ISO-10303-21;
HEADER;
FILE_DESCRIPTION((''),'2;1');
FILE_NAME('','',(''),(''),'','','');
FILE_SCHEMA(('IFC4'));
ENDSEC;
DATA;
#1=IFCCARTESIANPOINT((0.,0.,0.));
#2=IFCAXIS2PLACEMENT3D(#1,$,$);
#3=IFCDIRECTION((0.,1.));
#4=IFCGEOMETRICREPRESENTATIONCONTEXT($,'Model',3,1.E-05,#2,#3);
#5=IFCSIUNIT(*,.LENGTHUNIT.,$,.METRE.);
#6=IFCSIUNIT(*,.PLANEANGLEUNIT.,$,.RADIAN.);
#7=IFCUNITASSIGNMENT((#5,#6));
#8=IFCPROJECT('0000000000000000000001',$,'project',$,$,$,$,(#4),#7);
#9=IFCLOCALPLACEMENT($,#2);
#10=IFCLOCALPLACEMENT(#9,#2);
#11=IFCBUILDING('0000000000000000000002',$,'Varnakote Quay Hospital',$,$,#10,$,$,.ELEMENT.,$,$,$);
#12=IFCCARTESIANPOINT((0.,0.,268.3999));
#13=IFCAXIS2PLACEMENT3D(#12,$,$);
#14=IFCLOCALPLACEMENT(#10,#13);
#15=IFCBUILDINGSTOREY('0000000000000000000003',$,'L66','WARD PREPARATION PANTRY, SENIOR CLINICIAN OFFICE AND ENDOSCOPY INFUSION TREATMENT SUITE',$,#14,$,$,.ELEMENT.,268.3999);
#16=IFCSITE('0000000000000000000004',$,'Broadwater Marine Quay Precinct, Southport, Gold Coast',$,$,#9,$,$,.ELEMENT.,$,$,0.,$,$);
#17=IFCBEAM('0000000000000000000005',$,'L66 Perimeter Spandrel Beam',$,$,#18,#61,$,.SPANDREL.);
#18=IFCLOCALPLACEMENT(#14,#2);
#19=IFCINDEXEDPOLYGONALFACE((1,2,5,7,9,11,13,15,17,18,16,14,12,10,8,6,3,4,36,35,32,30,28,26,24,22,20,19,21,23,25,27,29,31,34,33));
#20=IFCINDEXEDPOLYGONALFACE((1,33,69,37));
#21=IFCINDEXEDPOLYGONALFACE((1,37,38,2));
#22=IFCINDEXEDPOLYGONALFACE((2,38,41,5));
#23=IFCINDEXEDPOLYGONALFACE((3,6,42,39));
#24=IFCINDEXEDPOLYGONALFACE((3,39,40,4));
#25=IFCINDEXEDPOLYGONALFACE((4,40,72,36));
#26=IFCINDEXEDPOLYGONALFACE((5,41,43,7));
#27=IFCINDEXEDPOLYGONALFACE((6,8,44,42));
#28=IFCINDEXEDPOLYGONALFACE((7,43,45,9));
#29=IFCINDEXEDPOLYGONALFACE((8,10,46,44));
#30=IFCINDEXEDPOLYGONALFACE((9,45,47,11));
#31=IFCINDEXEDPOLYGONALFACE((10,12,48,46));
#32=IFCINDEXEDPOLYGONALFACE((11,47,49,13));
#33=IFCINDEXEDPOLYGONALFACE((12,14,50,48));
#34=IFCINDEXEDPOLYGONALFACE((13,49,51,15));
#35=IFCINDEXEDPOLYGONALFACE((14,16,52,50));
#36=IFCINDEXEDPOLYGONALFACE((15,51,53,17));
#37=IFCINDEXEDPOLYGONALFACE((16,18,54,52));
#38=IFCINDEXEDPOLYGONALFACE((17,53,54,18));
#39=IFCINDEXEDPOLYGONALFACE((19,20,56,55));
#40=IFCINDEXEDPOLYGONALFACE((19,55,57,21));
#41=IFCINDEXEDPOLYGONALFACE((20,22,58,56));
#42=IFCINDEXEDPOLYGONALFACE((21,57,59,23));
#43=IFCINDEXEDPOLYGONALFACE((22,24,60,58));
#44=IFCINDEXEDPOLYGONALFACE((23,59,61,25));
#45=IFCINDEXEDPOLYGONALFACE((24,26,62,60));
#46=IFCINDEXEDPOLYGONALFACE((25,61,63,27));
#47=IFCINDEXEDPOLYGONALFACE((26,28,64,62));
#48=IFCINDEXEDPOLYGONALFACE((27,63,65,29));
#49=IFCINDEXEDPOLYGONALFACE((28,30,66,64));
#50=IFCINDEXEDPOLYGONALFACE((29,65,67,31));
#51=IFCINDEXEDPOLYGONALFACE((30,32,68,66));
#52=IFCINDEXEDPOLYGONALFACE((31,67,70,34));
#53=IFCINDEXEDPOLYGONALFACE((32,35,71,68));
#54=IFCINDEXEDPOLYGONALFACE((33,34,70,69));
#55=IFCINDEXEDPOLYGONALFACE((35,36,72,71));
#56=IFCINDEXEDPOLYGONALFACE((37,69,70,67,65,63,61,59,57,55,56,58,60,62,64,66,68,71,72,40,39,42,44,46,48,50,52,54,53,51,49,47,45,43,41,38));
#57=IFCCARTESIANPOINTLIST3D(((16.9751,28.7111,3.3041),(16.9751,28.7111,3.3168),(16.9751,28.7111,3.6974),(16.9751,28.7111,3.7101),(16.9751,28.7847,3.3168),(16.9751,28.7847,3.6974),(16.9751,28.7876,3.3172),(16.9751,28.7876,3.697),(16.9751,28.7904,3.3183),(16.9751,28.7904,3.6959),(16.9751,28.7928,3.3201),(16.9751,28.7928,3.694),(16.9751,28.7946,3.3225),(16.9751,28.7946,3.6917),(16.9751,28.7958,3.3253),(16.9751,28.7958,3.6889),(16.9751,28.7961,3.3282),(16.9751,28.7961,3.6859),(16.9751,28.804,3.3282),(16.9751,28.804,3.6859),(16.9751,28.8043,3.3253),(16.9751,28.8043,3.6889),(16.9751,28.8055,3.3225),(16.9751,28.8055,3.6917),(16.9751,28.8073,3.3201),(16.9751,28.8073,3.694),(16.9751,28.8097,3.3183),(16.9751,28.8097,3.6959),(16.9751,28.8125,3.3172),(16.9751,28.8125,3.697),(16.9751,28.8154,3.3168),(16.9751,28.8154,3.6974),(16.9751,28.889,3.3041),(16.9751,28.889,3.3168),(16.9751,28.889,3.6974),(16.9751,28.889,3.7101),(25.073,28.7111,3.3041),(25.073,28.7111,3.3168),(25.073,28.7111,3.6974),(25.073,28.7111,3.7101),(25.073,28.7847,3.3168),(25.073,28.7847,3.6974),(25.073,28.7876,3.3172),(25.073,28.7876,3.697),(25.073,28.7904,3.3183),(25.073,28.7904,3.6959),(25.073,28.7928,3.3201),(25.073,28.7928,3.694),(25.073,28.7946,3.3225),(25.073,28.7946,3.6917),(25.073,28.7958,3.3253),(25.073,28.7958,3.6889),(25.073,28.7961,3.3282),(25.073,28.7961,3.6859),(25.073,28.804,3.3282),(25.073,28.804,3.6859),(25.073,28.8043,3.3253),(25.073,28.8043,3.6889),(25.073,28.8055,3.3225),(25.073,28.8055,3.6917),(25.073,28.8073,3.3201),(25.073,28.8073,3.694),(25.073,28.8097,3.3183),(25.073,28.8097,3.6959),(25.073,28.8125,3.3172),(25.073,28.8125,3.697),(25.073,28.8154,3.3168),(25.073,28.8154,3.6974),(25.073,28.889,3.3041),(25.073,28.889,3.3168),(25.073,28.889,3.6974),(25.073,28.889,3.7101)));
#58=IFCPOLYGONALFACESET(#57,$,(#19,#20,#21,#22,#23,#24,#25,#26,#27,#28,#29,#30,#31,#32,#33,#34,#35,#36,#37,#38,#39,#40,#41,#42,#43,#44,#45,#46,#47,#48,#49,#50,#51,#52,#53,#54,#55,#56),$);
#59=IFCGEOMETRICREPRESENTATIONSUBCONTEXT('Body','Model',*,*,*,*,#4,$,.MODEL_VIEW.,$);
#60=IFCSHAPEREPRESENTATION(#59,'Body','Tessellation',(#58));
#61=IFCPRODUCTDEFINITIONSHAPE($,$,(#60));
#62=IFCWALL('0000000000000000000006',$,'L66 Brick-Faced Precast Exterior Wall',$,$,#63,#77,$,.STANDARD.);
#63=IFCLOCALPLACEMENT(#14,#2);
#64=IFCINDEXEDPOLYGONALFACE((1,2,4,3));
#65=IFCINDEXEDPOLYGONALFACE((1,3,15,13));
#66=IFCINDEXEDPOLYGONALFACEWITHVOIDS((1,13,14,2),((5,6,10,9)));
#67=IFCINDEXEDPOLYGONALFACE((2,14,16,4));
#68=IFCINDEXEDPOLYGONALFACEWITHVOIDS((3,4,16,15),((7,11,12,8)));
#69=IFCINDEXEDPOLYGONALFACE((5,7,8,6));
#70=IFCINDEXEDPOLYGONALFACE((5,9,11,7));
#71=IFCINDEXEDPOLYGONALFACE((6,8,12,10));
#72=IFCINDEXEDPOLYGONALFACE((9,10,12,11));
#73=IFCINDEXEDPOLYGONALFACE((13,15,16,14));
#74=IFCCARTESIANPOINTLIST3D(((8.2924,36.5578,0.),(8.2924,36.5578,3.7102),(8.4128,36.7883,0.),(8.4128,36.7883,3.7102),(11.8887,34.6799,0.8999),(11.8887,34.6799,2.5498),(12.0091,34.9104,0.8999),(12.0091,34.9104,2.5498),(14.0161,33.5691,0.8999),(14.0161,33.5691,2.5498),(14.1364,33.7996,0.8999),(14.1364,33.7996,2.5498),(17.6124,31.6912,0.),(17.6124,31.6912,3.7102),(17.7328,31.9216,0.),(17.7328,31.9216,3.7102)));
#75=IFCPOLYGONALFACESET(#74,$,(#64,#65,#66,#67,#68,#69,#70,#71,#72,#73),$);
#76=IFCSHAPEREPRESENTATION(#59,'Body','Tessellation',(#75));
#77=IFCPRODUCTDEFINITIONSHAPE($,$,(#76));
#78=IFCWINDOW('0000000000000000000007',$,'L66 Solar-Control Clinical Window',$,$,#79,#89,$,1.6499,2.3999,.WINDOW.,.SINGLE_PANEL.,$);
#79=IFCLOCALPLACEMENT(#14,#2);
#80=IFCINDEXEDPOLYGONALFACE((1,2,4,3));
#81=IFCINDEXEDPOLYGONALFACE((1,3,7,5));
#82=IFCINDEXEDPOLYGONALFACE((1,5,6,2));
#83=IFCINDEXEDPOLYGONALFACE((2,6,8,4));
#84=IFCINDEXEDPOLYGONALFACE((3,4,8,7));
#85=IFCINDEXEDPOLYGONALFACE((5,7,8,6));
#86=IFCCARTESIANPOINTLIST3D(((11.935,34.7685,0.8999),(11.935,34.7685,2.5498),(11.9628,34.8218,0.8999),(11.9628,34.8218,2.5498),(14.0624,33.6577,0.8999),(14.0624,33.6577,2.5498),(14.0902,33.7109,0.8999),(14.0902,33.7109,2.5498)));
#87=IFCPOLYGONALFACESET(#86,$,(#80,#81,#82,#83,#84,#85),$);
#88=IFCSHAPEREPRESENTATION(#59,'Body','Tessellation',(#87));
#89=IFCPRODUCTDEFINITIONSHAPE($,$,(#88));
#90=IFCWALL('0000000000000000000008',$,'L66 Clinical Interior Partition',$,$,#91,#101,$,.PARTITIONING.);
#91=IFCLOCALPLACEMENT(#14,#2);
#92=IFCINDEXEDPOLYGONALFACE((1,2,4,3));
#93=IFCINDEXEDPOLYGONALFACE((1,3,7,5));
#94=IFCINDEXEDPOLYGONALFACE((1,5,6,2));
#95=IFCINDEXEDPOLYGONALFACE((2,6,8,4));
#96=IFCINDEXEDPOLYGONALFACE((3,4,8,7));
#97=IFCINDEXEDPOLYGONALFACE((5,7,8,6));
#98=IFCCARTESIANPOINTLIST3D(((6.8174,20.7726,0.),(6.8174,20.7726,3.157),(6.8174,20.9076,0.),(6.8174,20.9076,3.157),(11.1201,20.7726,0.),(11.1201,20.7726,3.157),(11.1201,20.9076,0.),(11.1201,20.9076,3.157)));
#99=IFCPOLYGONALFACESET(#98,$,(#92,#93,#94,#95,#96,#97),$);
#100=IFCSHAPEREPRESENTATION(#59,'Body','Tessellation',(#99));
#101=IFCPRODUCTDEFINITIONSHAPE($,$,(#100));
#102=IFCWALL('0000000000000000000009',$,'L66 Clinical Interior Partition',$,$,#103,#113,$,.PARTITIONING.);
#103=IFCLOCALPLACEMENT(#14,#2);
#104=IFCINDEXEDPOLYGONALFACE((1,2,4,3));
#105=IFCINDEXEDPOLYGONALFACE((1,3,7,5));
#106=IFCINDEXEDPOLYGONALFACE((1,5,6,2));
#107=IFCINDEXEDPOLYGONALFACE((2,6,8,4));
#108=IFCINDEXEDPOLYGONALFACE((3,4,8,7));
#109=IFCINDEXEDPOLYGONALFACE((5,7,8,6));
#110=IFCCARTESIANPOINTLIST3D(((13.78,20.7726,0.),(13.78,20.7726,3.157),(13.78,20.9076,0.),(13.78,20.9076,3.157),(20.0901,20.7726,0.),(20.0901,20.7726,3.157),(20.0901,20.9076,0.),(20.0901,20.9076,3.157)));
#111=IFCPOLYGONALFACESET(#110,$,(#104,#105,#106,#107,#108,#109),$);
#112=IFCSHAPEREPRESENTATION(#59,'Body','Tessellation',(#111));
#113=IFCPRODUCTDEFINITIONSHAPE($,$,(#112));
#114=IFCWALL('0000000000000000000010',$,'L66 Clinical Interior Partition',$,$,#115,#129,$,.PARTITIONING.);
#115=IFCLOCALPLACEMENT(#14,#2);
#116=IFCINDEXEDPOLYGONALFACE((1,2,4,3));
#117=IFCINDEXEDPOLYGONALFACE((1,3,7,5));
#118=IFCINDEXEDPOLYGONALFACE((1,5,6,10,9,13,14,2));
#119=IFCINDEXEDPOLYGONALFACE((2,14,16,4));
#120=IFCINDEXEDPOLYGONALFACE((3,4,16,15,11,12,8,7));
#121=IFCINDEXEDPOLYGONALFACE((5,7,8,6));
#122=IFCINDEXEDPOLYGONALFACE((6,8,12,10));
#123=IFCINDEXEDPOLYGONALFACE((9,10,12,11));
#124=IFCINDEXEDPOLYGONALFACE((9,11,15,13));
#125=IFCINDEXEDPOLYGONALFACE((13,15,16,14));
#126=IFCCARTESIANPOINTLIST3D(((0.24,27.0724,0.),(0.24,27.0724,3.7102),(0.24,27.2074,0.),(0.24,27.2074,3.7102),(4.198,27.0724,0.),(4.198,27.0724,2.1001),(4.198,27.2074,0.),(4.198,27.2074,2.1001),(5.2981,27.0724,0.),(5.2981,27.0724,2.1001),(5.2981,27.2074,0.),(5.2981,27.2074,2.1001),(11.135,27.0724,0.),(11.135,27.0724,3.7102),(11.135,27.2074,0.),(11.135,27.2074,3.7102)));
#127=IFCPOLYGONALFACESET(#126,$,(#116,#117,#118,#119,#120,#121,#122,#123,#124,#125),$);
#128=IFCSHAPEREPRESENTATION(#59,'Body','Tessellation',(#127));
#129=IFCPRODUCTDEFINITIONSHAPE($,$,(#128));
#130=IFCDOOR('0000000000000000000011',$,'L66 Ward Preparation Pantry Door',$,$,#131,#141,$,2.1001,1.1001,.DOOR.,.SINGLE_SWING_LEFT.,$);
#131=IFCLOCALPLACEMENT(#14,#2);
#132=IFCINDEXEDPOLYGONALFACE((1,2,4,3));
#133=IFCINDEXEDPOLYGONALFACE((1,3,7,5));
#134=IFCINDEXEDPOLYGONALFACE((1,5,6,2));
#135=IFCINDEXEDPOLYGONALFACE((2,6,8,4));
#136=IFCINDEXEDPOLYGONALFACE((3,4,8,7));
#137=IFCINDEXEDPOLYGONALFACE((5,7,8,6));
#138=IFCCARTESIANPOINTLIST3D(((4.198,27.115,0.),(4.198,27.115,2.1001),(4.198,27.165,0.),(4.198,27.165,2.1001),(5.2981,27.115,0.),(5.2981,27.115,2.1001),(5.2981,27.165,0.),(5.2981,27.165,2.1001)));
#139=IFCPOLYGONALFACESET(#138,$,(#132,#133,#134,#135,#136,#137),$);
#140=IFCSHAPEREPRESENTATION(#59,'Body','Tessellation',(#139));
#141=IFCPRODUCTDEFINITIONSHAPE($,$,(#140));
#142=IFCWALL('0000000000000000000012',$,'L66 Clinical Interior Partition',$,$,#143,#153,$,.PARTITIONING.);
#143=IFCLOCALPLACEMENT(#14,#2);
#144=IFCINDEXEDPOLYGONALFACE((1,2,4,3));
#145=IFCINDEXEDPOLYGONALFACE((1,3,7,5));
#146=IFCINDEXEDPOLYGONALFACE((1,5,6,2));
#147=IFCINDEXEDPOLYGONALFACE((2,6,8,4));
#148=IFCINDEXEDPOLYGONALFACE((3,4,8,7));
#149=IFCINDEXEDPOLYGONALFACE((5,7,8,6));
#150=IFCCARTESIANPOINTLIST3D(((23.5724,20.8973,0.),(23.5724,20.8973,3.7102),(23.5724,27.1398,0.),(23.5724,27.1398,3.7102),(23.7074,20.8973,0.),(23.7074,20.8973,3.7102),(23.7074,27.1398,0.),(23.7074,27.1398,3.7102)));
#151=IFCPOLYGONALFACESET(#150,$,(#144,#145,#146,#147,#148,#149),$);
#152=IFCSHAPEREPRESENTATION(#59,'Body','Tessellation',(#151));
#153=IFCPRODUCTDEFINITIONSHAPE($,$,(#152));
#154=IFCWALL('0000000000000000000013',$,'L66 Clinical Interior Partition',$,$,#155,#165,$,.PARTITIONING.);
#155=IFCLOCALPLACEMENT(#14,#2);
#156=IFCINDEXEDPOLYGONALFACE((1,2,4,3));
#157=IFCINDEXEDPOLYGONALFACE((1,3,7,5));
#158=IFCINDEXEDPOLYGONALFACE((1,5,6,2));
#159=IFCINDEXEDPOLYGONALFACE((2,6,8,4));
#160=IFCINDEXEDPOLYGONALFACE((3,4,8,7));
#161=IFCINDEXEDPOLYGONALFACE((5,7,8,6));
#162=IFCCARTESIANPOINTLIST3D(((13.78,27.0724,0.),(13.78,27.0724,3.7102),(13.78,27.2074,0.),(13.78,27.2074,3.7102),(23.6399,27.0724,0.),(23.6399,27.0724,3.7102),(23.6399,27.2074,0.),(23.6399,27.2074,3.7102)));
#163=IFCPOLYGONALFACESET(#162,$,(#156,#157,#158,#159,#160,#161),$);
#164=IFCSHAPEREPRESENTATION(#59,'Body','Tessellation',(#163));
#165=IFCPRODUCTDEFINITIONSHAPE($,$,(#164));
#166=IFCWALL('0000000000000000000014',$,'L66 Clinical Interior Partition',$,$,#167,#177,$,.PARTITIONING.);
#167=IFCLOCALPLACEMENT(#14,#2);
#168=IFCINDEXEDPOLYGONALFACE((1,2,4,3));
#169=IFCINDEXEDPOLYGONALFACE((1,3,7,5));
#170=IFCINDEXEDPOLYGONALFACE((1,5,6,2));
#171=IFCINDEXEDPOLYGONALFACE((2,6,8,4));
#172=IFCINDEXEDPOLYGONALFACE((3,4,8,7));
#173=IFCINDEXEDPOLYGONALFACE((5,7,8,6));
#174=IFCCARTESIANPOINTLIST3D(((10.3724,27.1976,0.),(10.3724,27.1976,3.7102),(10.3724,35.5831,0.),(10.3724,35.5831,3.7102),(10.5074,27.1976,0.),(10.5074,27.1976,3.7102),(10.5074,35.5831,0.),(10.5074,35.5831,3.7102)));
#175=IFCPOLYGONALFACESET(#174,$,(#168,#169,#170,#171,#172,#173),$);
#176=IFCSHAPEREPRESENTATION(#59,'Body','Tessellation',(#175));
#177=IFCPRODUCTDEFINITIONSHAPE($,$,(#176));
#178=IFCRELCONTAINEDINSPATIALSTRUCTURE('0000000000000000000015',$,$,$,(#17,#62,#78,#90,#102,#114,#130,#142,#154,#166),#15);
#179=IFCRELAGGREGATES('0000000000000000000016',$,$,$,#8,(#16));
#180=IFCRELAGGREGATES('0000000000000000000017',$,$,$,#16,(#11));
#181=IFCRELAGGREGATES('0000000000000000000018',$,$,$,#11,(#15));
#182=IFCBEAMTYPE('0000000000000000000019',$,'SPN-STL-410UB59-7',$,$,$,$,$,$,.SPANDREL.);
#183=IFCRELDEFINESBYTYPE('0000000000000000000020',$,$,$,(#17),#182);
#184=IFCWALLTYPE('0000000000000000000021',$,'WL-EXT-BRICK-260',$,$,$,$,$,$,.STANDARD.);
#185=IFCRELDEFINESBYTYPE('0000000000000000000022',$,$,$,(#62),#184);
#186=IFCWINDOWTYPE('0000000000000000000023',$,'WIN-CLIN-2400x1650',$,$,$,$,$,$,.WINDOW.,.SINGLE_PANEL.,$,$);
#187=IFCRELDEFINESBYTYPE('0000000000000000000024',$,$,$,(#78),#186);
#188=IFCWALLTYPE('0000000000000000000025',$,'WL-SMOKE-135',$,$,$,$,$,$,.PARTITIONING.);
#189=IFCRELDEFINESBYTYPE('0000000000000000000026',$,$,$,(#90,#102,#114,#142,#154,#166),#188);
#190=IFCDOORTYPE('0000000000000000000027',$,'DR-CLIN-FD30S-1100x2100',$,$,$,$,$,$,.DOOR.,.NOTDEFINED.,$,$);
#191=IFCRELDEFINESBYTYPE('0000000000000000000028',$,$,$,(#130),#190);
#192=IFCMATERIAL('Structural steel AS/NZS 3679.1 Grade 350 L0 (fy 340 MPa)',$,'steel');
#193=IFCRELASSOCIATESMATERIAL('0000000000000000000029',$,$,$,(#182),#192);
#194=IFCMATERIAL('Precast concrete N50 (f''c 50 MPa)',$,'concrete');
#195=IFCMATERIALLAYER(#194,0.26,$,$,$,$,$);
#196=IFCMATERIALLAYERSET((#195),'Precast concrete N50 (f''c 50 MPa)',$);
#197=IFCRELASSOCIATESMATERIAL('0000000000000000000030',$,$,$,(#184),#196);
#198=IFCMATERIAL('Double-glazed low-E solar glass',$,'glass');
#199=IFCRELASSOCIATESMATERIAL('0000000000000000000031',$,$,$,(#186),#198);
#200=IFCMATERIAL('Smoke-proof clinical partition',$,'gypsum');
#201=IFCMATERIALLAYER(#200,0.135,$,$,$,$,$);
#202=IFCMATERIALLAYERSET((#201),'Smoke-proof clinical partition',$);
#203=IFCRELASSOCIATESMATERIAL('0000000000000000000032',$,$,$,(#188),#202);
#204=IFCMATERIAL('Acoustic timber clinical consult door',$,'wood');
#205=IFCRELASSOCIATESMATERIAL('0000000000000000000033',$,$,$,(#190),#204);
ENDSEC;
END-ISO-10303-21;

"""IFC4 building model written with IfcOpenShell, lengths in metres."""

from ifc_helpers import new_model, si_unit, direction, frame, frame_2d, origin, origin_2d, place, context, subcontext, project, spatial, rectangle, i_section, extrude, material, layer, layer_set, material_profile, profile_set, type_object, element, fill, save


model = new_model("IFC4")

# Units and contexts
model_context = context("Model", 3, precision=1e-05, world=origin(), true_north=direction((0.0, 1.0)))
body_context = subcontext(model_context, "Body", "Model", "MODEL_VIEW")
ifc_project = project(units=[si_unit("LENGTHUNIT", "METRE"), si_unit("PLANEANGLEUNIT", "RADIAN")], contexts=[model_context])

# Site, building, storey
site_placement = place(None, origin())
site = spatial("IfcSite", under=ifc_project, at=site_placement, Name="Broadwater Marine Quay Precinct, Southport, Gold Coast", CompositionType="ELEMENT", RefElevation=0.0)
building_placement = place(site_placement, origin())
building = spatial("IfcBuilding", under=site, at=building_placement, Name="Varnakote Quay Hospital", CompositionType="ELEMENT")
storey_placement = place(building_placement, frame((0.0, 0.0, 268.3999)))
storey = spatial("IfcBuildingStorey", under=building, at=storey_placement, Name="L66", Description="WARD PREPARATION PANTRY, SENIOR CLINICIAN OFFICE AND ENDOSCOPY INFUSION TREATMENT SUITE", CompositionType="ELEMENT", Elevation=268.3999)

# Beam
ifc_material_1 = material(Name="Structural steel AS/NZS 3679.1 Grade 350 L0 (fy 340 MPa)", Category="steel")
ifc_material_profile_1 = material_profile(ifc_material_1, i_section(OverallWidth=0.178, OverallDepth=0.406, WebThickness=0.0078, FlangeThickness=0.0127, FilletRadius=0.0115, at=origin_2d()), Name="410UB59.7")
ifc_profile_set_1 = profile_set([ifc_material_profile_1], Name="Structural steel AS/NZS 3679.1 Grade 350 L0 (fy 340 MPa)")
beam_type_1 = type_object("IfcBeamType", Name="SPN-STL-410UB59-7", PredefinedType="SPANDREL", material=ifc_profile_set_1)
beam_1_placement = place(storey_placement, frame((16.9751, 28.8, 3.5071), z_axis=(1.0, 0.0, 0.0), x_axis=(0.0, 1.0, 0.0)))
element("IfcBeam", 1, at=beam_1_placement, inside=storey, type_object=beam_type_1, Name="L66 Perimeter Spandrel Beam", PredefinedType="SPANDREL", context=body_context, shape_type="SweptSolid", body=[
    extrude(i_section(OverallWidth=0.178, OverallDepth=0.406, WebThickness=0.0078, FlangeThickness=0.0127, FilletRadius=0.0115, at=origin_2d()), origin(), (0.0, 0.0, 1.0), 8.0979),
])

# Wall, opening, window
ifc_material_2 = material(Name="Precast concrete N50 (f'c 50 MPa)", Category="concrete")
ifc_layer_1 = layer(ifc_material_2, 0.26)
ifc_layer_set_1 = layer_set([ifc_layer_1], Name="Precast concrete N50 (f'c 50 MPa)")
wall_type_1 = type_object("IfcWallType", Name="WL-EXT-BRICK-260", PredefinedType="STANDARD", material=ifc_layer_set_1)
wall_1_placement = place(storey_placement, frame((17.6726, 31.8064, 0.0), z_axis=(0.0, 0.0, 1.0), x_axis=(-0.886427, 0.462869, 0.0)))
wall_1 = element("IfcWall", 2, at=wall_1_placement, inside=storey, type_object=wall_type_1, Name="L66 Brick-Faced Precast Exterior Wall", PredefinedType="STANDARD", context=body_context, shape_type="SweptSolid", body=[
    extrude(rectangle(XDim=10.5142, YDim=0.26, at=frame_2d((5.2571, 0.0))), origin(), (0.0, 0.0, 1.0), 3.7102),
])
opening_1_placement = place(wall_1_placement, frame((4.0571, 0.0, 0.8999)))
opening_1 = element("IfcOpeningElement", 3, at=opening_1_placement, cuts=wall_1, PredefinedType="OPENING", context=body_context, shape_type="SweptSolid", body=[
    extrude(rectangle(XDim=2.3999, YDim=1.6499, at=frame_2d((1.2, 0.825))), frame((0.0, 0.1399, 0.0), z_axis=(0.0, -1.0, 0.0), x_axis=(1.0, 0.0, 0.0)), (0.0, 0.0, 1.0), 0.28),
])
ifc_material_3 = material(Name="Double-glazed low-E solar glass", Category="glass")
window_type = type_object("IfcWindowType", Name="WIN-CLIN-2400x1650", PartitioningType="SINGLE_PANEL", PredefinedType="WINDOW", material=ifc_material_3)
window_placement = place(opening_1_placement, origin())
window = element("IfcWindow", 4, at=window_placement, inside=storey, type_object=window_type, Name="L66 Solar-Control Clinical Window", OverallHeight=1.6499, OverallWidth=2.3999, PartitioningType="SINGLE_PANEL", PredefinedType="WINDOW", context=body_context, shape_type="SweptSolid", body=[
    extrude(rectangle(XDim=2.3999, YDim=1.6499, at=frame_2d((1.2, 0.825))), frame((0.0, 0.03, 0.0), z_axis=(0.0, -1.0, 0.0), x_axis=(1.0, 0.0, 0.0)), (0.0, 0.0, 1.0), 0.0601),
])
fill(opening_1, window)

# Walls
ifc_material_4 = material(Name="Smoke-proof clinical partition", Category="gypsum")
ifc_layer_2 = layer(ifc_material_4, 0.135)
ifc_layer_set_2 = layer_set([ifc_layer_2], Name="Smoke-proof clinical partition")
wall_type_2 = type_object("IfcWallType", Name="WL-SMOKE-135", PredefinedType="PARTITIONING", material=ifc_layer_set_2)
wall_2_placement = place(storey_placement, frame((11.1201, 20.8401, 0.0), z_axis=(0.0, 0.0, 1.0), x_axis=(-1.0, 0.0, 0.0)))
element("IfcWall", 5, at=wall_2_placement, inside=storey, type_object=wall_type_2, Name="L66 Clinical Interior Partition", PredefinedType="PARTITIONING", context=body_context, shape_type="SweptSolid", body=[
    extrude(rectangle(XDim=4.3027, YDim=0.135, at=frame_2d((2.1514, 0.0))), origin(), (0.0, 0.0, 1.0), 3.157),
])
wall_3_placement = place(storey_placement, frame((20.0901, 20.8401, 0.0), z_axis=(0.0, 0.0, 1.0), x_axis=(-1.0, 0.0, 0.0)))
element("IfcWall", 6, at=wall_3_placement, inside=storey, type_object=wall_type_2, Name="L66 Clinical Interior Partition", PredefinedType="PARTITIONING", context=body_context, shape_type="SweptSolid", body=[
    extrude(rectangle(XDim=6.3101, YDim=0.135, at=frame_2d((3.155, 0.0))), origin(), (0.0, 0.0, 1.0), 3.157),
])

# Wall, opening, door
wall_4_placement = place(storey_placement, frame((11.135, 27.1399, 0.0), z_axis=(0.0, 0.0, 1.0), x_axis=(-1.0, 0.0, 0.0)))
wall_4 = element("IfcWall", 7, at=wall_4_placement, inside=storey, type_object=wall_type_2, Name="L66 Clinical Interior Partition", PredefinedType="PARTITIONING", context=body_context, shape_type="SweptSolid", body=[
    extrude(rectangle(XDim=10.895, YDim=0.135, at=frame_2d((5.4475, 0.0))), origin(), (0.0, 0.0, 1.0), 3.7102),
])
opening_2_placement = place(wall_4_placement, frame((5.8369, 0.0, 0.0)))
opening_2 = element("IfcOpeningElement", 8, at=opening_2_placement, cuts=wall_4, PredefinedType="OPENING", context=body_context, shape_type="SweptSolid", body=[
    extrude(rectangle(XDim=1.1001, YDim=2.1001, at=frame_2d((0.55, 1.05))), frame((0.0, 0.0774, 0.0), z_axis=(0.0, -1.0, 0.0), x_axis=(1.0, 0.0, 0.0)), (0.0, 0.0, 1.0), 0.155),
])
ifc_material_5 = material(Name="Acoustic timber clinical consult door", Category="wood")
door_type = type_object("IfcDoorType", Name="DR-CLIN-FD30S-1100x2100", OperationType="NOTDEFINED", PredefinedType="DOOR", material=ifc_material_5)
door_1_placement = place(opening_2_placement, origin())
door_1 = element("IfcDoor", 9, at=door_1_placement, inside=storey, type_object=door_type, Name="L66 Ward Preparation Pantry Door", OperationType="SINGLE_SWING_LEFT", OverallHeight=2.1001, OverallWidth=1.1001, PredefinedType="DOOR", context=body_context, shape_type="SweptSolid", body=[
    extrude(rectangle(XDim=1.1001, YDim=2.1001, at=frame_2d((0.55, 1.05))), frame((0.0, 0.0249, 0.0), z_axis=(0.0, -1.0, 0.0), x_axis=(1.0, 0.0, 0.0)), (0.0, 0.0, 1.0), 0.05),
])
fill(opening_2, door_1)

# Walls
wall_5_placement = place(storey_placement, frame((23.6399, 20.8975, 0.0), z_axis=(0.0, 0.0, 1.0), x_axis=(0.0, 1.0, 0.0)))
element("IfcWall", 10, at=wall_5_placement, inside=storey, type_object=wall_type_2, Name="L66 Clinical Interior Partition", PredefinedType="PARTITIONING", context=body_context, shape_type="SweptSolid", body=[
    extrude(rectangle(XDim=6.2424, YDim=0.135, at=frame_2d((3.1211, 0.0))), origin(), (0.0, 0.0, 1.0), 3.7102),
])
wall_6_placement = place(storey_placement, frame((23.6399, 27.1399, 0.0), z_axis=(0.0, 0.0, 1.0), x_axis=(-1.0, 0.0, 0.0)))
element("IfcWall", 11, at=wall_6_placement, inside=storey, type_object=wall_type_2, Name="L66 Clinical Interior Partition", PredefinedType="PARTITIONING", context=body_context, shape_type="SweptSolid", body=[
    extrude(rectangle(XDim=9.8599, YDim=0.135, at=frame_2d((4.9299, 0.0))), origin(), (0.0, 0.0, 1.0), 3.7102),
])
wall_7_placement = place(storey_placement, frame((10.4399, 27.1975, 0.0), z_axis=(0.0, 0.0, 1.0), x_axis=(0.0, 1.0, 0.0)))
element("IfcWall", 12, at=wall_7_placement, inside=storey, type_object=wall_type_2, Name="L66 Clinical Interior Partition", PredefinedType="PARTITIONING", context=body_context, shape_type="SweptSolid", body=[
    extrude(rectangle(XDim=8.3855, YDim=0.135, at=frame_2d((4.1929, 0.0))), origin(), (0.0, 0.0, 1.0), 3.7102),
])

save(model, "model.ifc")
